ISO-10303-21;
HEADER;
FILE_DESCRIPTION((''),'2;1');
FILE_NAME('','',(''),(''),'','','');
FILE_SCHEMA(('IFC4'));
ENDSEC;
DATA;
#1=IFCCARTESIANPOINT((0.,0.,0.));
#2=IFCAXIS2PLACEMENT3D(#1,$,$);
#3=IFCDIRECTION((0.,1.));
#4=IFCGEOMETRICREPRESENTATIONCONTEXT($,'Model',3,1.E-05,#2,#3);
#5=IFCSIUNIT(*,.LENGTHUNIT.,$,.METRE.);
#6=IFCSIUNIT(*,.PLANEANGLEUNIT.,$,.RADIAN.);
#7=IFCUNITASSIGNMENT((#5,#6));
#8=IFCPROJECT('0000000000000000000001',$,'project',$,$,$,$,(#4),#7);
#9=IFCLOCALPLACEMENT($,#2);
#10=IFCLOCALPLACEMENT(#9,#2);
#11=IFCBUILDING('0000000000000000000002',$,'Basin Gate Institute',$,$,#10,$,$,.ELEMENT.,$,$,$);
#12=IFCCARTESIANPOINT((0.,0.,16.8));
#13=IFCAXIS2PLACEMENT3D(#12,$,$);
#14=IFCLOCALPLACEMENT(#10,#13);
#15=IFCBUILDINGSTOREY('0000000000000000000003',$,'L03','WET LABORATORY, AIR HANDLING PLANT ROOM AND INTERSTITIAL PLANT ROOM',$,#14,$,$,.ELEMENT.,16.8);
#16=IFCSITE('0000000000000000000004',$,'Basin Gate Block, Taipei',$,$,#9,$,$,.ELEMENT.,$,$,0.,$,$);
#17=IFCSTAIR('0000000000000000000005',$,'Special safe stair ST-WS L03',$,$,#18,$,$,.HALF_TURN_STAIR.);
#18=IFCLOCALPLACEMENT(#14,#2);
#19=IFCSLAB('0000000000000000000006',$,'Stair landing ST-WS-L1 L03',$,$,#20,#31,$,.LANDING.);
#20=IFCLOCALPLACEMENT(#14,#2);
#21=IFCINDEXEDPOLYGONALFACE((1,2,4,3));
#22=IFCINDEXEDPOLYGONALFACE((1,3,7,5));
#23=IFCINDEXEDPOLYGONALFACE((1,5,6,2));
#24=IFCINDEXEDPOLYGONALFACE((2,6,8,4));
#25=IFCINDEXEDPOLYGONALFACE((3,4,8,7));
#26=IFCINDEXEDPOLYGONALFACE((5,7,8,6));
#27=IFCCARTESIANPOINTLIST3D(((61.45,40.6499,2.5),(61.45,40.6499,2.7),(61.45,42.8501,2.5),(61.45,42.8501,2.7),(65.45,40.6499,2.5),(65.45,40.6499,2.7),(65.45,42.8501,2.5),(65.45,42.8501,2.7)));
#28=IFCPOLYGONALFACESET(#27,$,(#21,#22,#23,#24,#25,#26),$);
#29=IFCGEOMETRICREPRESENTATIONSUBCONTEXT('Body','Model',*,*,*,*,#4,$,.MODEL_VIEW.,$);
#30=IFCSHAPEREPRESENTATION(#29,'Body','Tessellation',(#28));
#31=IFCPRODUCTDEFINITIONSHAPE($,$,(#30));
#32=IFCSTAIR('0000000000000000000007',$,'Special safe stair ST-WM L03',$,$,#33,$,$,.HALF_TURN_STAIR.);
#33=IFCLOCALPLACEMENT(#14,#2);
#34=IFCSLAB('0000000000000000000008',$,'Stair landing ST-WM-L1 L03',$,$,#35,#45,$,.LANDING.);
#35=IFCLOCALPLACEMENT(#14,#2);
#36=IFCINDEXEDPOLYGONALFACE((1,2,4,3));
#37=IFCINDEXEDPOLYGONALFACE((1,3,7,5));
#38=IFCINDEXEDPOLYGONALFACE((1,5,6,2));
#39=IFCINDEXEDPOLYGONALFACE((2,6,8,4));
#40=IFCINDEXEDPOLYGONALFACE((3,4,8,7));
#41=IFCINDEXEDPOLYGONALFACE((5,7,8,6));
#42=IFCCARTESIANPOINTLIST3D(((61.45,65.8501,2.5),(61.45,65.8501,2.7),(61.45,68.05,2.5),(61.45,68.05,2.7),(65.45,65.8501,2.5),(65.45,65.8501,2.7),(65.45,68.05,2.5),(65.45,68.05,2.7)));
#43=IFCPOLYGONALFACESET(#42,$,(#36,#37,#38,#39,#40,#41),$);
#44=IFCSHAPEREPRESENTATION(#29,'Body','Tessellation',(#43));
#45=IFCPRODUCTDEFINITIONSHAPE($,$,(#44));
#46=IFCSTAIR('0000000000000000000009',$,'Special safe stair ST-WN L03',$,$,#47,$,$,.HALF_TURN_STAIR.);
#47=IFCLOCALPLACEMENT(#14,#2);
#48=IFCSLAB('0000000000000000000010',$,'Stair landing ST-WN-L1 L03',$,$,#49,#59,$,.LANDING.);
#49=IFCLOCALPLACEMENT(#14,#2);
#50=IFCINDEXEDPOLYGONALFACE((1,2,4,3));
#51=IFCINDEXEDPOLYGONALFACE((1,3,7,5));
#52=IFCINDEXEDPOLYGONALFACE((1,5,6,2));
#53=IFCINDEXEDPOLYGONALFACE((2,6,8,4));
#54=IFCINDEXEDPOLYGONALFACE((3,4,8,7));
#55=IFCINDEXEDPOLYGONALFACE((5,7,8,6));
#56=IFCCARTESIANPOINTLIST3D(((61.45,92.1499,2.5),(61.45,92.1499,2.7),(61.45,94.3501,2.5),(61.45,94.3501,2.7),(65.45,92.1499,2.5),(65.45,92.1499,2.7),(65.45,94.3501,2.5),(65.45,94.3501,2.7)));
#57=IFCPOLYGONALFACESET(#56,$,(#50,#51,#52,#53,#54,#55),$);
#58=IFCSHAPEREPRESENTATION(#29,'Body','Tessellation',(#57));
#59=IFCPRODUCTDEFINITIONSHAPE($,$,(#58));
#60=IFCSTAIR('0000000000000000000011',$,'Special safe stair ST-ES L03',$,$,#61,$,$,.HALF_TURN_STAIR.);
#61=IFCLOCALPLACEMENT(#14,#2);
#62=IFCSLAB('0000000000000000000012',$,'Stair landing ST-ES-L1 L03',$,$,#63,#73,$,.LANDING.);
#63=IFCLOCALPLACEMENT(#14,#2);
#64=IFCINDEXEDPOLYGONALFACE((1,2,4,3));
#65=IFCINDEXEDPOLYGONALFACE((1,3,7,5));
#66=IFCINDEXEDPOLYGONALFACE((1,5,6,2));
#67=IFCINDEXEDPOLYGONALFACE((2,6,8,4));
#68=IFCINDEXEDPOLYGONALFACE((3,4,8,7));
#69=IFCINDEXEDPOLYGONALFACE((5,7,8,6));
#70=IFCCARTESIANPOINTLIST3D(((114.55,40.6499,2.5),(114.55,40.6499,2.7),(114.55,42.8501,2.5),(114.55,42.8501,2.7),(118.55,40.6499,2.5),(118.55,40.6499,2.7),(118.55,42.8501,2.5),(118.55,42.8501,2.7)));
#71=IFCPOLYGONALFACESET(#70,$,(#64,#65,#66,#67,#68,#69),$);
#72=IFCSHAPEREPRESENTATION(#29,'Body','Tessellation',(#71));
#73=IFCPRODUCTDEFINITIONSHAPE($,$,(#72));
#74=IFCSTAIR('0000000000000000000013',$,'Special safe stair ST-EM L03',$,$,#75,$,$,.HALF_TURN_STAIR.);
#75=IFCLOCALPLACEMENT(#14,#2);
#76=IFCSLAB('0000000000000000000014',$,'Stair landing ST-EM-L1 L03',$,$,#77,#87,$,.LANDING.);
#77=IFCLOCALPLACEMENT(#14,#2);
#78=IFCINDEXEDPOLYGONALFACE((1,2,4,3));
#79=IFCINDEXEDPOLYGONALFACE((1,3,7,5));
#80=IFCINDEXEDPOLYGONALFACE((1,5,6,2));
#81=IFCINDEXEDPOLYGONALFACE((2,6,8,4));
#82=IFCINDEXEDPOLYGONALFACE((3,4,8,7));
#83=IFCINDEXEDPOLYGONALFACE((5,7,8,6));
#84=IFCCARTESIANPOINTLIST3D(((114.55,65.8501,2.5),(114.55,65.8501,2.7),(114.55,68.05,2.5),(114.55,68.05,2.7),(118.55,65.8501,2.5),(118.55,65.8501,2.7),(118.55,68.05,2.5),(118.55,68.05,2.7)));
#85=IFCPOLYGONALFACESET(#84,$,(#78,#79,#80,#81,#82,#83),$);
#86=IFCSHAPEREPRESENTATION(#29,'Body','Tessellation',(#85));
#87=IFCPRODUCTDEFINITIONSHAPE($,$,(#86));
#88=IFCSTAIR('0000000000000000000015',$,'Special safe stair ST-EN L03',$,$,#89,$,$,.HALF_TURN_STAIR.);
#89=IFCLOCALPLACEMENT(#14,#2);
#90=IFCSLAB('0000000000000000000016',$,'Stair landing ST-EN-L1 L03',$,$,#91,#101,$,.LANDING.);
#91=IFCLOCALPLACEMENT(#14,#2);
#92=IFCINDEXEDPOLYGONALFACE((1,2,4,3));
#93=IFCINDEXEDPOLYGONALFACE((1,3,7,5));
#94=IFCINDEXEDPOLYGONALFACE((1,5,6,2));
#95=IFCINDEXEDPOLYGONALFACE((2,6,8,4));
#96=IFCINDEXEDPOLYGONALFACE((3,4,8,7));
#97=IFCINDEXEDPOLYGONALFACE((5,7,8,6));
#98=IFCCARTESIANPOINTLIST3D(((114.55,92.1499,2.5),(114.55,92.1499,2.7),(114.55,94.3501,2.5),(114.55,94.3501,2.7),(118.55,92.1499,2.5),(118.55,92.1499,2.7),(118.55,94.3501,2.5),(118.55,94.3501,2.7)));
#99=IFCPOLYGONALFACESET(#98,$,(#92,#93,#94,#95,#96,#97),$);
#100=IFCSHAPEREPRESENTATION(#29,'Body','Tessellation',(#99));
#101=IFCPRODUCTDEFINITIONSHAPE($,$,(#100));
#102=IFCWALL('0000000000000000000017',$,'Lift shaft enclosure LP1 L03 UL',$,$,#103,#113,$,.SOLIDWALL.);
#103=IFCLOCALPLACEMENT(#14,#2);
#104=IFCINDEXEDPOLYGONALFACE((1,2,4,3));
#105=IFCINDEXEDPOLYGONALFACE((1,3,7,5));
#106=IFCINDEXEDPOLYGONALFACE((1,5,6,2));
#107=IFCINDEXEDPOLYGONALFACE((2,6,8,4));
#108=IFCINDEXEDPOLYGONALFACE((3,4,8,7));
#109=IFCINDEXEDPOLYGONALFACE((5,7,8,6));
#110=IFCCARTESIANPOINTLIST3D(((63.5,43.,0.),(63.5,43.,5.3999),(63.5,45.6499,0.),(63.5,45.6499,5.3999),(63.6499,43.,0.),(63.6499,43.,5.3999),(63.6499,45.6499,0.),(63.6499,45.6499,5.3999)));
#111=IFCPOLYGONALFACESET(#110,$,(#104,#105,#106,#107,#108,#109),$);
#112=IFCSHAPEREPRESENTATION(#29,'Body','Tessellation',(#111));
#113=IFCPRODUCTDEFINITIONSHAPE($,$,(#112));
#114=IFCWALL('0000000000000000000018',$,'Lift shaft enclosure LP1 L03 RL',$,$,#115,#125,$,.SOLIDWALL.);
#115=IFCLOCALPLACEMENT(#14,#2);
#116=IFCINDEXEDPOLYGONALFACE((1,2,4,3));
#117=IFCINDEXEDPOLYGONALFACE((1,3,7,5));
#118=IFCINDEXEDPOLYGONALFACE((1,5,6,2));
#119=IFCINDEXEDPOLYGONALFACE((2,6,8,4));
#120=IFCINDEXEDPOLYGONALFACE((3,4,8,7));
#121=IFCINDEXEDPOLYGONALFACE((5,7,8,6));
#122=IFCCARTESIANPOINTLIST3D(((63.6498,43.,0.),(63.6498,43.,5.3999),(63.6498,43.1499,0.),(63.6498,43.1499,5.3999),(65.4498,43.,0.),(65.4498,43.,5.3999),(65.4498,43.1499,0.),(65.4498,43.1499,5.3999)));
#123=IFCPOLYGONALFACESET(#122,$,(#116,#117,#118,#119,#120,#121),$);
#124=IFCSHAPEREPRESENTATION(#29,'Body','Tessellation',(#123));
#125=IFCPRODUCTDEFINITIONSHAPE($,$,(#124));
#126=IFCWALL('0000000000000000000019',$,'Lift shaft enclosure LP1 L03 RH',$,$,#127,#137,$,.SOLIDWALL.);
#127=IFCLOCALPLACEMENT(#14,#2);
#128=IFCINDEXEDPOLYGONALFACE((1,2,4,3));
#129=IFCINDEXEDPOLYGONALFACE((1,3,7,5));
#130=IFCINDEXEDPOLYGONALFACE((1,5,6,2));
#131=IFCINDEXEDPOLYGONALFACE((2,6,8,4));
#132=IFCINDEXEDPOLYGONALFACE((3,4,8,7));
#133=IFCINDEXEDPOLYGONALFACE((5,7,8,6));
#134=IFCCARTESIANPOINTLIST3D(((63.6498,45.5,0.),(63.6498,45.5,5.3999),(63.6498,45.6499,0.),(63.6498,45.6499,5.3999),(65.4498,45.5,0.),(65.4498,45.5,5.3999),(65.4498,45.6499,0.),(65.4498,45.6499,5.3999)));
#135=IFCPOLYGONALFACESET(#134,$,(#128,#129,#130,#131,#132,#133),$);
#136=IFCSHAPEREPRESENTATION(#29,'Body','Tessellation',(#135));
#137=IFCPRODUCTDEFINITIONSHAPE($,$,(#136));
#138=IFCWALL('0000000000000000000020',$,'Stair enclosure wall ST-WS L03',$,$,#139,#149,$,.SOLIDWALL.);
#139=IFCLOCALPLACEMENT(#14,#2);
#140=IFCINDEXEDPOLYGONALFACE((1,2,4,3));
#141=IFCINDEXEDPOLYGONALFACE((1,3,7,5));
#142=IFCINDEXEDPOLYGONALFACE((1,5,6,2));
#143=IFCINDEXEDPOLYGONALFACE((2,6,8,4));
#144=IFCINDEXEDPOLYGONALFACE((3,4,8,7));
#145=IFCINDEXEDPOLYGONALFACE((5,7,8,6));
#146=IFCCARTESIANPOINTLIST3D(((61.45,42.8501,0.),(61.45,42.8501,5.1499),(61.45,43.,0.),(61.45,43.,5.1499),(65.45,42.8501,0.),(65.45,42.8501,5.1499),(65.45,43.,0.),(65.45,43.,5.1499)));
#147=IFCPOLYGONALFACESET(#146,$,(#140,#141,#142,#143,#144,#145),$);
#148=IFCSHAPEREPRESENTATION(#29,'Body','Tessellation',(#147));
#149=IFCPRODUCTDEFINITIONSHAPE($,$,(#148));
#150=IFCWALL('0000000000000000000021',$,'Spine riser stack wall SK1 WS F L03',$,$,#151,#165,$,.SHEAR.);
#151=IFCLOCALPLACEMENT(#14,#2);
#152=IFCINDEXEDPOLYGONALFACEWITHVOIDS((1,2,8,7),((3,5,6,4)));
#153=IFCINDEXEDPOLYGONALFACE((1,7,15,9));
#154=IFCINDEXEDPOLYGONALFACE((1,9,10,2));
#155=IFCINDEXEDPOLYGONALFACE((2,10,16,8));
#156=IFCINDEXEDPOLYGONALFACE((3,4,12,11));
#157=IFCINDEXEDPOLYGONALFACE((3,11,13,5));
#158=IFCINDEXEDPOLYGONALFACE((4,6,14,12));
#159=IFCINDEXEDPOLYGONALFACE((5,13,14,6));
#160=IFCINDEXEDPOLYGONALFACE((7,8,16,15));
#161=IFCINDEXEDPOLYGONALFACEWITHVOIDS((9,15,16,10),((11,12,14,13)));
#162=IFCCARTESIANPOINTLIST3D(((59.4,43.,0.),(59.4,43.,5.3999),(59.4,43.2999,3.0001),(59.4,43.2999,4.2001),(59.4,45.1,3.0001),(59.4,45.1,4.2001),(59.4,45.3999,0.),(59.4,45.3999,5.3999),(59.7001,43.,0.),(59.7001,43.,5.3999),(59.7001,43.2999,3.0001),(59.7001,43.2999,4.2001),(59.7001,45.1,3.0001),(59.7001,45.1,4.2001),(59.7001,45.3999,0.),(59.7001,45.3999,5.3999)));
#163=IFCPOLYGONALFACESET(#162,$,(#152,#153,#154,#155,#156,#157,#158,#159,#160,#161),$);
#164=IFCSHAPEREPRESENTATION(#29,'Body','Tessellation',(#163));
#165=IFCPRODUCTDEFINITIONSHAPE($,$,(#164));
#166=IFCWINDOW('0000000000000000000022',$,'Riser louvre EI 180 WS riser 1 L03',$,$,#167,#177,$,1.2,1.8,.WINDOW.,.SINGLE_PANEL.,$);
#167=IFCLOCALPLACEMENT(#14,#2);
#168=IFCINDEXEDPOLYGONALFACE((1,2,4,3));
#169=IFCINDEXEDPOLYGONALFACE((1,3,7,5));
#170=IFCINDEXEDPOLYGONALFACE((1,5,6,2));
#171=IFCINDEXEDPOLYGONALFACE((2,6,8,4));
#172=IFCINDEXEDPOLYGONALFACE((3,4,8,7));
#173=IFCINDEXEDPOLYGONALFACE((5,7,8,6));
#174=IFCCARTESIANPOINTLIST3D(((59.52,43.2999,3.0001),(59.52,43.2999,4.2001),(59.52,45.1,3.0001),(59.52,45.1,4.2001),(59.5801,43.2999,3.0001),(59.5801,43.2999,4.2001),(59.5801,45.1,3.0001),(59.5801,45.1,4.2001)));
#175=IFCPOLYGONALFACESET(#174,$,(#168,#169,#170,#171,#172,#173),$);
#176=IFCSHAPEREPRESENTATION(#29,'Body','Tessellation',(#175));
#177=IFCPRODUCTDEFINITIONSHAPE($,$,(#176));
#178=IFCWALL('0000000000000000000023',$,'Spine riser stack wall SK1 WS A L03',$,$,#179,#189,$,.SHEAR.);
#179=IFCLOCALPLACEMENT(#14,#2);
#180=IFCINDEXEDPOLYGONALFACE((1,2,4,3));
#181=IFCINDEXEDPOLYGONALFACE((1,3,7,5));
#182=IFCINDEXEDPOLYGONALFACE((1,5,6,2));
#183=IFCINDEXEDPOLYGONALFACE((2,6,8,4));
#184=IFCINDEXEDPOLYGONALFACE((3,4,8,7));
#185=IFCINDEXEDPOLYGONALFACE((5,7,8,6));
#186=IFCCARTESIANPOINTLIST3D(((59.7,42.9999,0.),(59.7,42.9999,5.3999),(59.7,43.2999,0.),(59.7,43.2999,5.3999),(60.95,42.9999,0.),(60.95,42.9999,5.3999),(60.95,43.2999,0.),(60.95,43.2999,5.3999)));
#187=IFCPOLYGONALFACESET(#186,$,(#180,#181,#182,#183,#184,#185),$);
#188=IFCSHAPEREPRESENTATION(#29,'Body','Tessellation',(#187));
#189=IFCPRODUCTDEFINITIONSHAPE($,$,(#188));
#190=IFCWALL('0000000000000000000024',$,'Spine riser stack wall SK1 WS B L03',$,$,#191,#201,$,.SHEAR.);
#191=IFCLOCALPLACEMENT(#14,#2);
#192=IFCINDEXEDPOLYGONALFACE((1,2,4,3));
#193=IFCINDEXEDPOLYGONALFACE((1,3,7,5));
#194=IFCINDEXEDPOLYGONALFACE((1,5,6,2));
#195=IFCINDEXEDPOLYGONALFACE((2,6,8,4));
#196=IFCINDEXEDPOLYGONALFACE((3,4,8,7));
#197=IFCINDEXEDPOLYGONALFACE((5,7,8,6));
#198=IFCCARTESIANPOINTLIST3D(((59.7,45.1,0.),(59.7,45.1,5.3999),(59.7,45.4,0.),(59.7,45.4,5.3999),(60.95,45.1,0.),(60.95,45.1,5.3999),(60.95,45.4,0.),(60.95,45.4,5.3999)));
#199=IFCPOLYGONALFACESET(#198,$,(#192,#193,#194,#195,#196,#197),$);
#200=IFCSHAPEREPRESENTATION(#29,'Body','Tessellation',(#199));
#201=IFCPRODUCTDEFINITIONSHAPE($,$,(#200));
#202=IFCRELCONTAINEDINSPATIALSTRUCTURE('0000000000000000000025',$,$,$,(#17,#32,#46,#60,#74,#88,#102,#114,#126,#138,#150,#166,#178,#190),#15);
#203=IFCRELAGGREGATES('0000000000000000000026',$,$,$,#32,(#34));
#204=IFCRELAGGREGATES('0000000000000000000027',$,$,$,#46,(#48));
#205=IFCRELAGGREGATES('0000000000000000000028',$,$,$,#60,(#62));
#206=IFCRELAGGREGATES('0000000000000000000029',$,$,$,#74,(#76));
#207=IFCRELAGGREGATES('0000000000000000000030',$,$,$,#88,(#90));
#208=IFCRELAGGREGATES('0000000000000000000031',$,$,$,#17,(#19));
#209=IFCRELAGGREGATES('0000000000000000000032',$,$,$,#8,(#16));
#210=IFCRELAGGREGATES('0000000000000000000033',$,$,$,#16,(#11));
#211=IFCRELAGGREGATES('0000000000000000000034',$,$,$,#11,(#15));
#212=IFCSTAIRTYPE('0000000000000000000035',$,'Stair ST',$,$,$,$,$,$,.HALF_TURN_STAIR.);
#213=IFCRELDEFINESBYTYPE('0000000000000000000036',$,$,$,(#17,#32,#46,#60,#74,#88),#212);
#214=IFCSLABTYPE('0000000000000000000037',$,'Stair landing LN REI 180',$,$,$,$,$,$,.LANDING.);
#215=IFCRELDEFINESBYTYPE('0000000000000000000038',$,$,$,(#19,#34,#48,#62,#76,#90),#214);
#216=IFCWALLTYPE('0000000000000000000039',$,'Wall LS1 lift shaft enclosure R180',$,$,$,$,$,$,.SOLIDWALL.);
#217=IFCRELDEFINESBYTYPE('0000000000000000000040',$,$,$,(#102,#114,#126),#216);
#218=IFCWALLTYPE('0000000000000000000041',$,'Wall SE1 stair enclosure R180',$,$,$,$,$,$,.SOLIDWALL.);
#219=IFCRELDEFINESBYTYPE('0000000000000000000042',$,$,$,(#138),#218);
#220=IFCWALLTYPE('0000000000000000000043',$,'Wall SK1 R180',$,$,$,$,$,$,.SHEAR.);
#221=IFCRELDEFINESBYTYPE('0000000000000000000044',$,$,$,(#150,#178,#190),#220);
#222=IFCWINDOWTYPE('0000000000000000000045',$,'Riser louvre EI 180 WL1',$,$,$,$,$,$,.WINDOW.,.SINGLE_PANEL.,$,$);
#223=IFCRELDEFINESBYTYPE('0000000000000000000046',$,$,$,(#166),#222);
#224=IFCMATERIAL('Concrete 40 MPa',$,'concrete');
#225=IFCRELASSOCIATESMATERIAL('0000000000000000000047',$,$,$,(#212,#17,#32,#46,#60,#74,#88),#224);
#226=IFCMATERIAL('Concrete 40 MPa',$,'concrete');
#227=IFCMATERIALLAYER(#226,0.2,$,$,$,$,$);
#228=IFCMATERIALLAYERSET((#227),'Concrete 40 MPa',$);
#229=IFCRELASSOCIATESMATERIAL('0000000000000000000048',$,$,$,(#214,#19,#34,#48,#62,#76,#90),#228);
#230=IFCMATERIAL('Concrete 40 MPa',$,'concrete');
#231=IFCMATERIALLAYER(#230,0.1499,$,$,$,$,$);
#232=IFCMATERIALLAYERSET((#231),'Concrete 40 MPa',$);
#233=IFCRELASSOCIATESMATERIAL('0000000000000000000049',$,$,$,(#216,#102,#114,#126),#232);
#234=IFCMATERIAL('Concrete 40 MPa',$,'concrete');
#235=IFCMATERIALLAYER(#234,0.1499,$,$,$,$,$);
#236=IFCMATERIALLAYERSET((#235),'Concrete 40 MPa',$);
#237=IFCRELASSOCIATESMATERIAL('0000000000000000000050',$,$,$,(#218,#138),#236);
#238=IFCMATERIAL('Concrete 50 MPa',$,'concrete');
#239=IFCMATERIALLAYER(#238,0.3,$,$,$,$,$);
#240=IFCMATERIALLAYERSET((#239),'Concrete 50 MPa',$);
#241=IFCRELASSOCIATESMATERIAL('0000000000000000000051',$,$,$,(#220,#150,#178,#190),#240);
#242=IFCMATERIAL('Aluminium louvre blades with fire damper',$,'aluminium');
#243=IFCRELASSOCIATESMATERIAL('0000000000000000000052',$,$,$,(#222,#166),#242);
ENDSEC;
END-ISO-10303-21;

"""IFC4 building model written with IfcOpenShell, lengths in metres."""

from ifc_helpers import new_model, si_unit, direction, frame, frame_2d, origin, place, context, subcontext, project, spatial, polyline, rectangle, outline, extrude, material, layer, layer_set, type_object, element, fill, aggregate, save


model = new_model("IFC4")

# Units and contexts
model_context = context("Model", 3, precision=1e-05, world=origin(), true_north=direction((0.0, 1.0)))
body_context = subcontext(model_context, "Body", "Model", "MODEL_VIEW")
ifc_project = project(units=[si_unit("LENGTHUNIT", "METRE"), si_unit("PLANEANGLEUNIT", "RADIAN")], contexts=[model_context])

# Site, building, storey
site_placement = place(None, origin())
site = spatial("IfcSite", under=ifc_project, at=site_placement, Name="Basin Gate Block, Taipei", CompositionType="ELEMENT", RefElevation=0.0)
building_placement = place(site_placement, origin())
building = spatial("IfcBuilding", under=site, at=building_placement, Name="Basin Gate Institute", CompositionType="ELEMENT")
storey_placement = place(building_placement, frame((0.0, 0.0, 16.8)))
storey = spatial("IfcBuildingStorey", under=building, at=storey_placement, Name="L03", Description="WET LABORATORY, AIR HANDLING PLANT ROOM AND INTERSTITIAL PLANT ROOM", CompositionType="ELEMENT", Elevation=16.8)

# Stairs, slabs
ifc_material_1 = material(Name="Concrete 40 MPa", Category="concrete")
stair_type_1 = type_object("IfcStairType", Name="Stair ST", PredefinedType="HALF_TURN_STAIR", material=ifc_material_1)
stair_1_placement = place(storey_placement, origin())
stair_1 = element("IfcStair", 1, at=stair_1_placement, inside=storey, type_object=stair_type_1, material=ifc_material_1, Name="Special safe stair ST-WS L03", PredefinedType="HALF_TURN_STAIR")
ifc_material_2 = material(Name="Concrete 40 MPa", Category="concrete")
ifc_layer_1 = layer(ifc_material_2, 0.2)
ifc_layer_set_1 = layer_set([ifc_layer_1], Name="Concrete 40 MPa")
slab_type_1 = type_object("IfcSlabType", Name="Stair landing LN REI 180", PredefinedType="LANDING", material=ifc_layer_set_1)
slab_1_placement = place(storey_placement, frame((0.0, 0.0, 2.5)))
slab_1 = element("IfcSlab", 2, at=slab_1_placement, type_object=slab_type_1, material=ifc_layer_set_1, Name="Stair landing ST-WS-L1 L03", PredefinedType="LANDING", context=body_context, shape_type="SweptSolid", body=[
    extrude(outline(polyline([(61.45, 40.6499), (65.45, 40.6499), (65.45, 42.8501), (61.45, 42.8501), (61.45, 40.6499)])), origin(), (0.0, 0.0, 1.0), 0.2),
])
stair_2_placement = place(storey_placement, origin())
stair_2 = element("IfcStair", 3, at=stair_2_placement, inside=storey, type_object=stair_type_1, material=ifc_material_1, Name="Special safe stair ST-WM L03", PredefinedType="HALF_TURN_STAIR")
slab_2_placement = place(storey_placement, frame((0.0, 0.0, 2.5)))
slab_2 = element("IfcSlab", 4, at=slab_2_placement, type_object=slab_type_1, material=ifc_layer_set_1, Name="Stair landing ST-WM-L1 L03", PredefinedType="LANDING", context=body_context, shape_type="SweptSolid", body=[
    extrude(outline(polyline([(61.45, 65.8501), (65.45, 65.8501), (65.45, 68.05), (61.45, 68.05), (61.45, 65.8501)])), origin(), (0.0, 0.0, 1.0), 0.2),
])
aggregate(stair_2, [slab_2])
stair_3_placement = place(storey_placement, origin())
stair_3 = element("IfcStair", 5, at=stair_3_placement, inside=storey, type_object=stair_type_1, material=ifc_material_1, Name="Special safe stair ST-WN L03", PredefinedType="HALF_TURN_STAIR")
slab_3_placement = place(storey_placement, frame((0.0, 0.0, 2.5)))
slab_3 = element("IfcSlab", 6, at=slab_3_placement, type_object=slab_type_1, material=ifc_layer_set_1, Name="Stair landing ST-WN-L1 L03", PredefinedType="LANDING", context=body_context, shape_type="SweptSolid", body=[
    extrude(outline(polyline([(61.45, 92.1499), (65.45, 92.1499), (65.45, 94.3501), (61.45, 94.3501), (61.45, 92.1499)])), origin(), (0.0, 0.0, 1.0), 0.2),
])
aggregate(stair_3, [slab_3])
stair_4_placement = place(storey_placement, origin())
stair_4 = element("IfcStair", 7, at=stair_4_placement, inside=storey, type_object=stair_type_1, material=ifc_material_1, Name="Special safe stair ST-ES L03", PredefinedType="HALF_TURN_STAIR")
slab_4_placement = place(storey_placement, frame((0.0, 0.0, 2.5)))
slab_4 = element("IfcSlab", 8, at=slab_4_placement, type_object=slab_type_1, material=ifc_layer_set_1, Name="Stair landing ST-ES-L1 L03", PredefinedType="LANDING", context=body_context, shape_type="SweptSolid", body=[
    extrude(outline(polyline([(118.55, 42.8501), (114.55, 42.8501), (114.55, 40.6499), (118.55, 40.6499), (118.55, 42.8501)])), origin(), (0.0, 0.0, 1.0), 0.2),
])
aggregate(stair_4, [slab_4])
stair_5_placement = place(storey_placement, origin())
stair_5 = element("IfcStair", 9, at=stair_5_placement, inside=storey, type_object=stair_type_1, material=ifc_material_1, Name="Special safe stair ST-EM L03", PredefinedType="HALF_TURN_STAIR")
slab_5_placement = place(storey_placement, frame((0.0, 0.0, 2.5)))
slab_5 = element("IfcSlab", 10, at=slab_5_placement, type_object=slab_type_1, material=ifc_layer_set_1, Name="Stair landing ST-EM-L1 L03", PredefinedType="LANDING", context=body_context, shape_type="SweptSolid", body=[
    extrude(outline(polyline([(118.55, 68.05), (114.55, 68.05), (114.55, 65.8501), (118.55, 65.8501), (118.55, 68.05)])), origin(), (0.0, 0.0, 1.0), 0.2),
])
aggregate(stair_5, [slab_5])
stair_6_placement = place(storey_placement, origin())
stair_6 = element("IfcStair", 11, at=stair_6_placement, inside=storey, type_object=stair_type_1, material=ifc_material_1, Name="Special safe stair ST-EN L03", PredefinedType="HALF_TURN_STAIR")
slab_6_placement = place(storey_placement, frame((0.0, 0.0, 2.5)))
slab_6 = element("IfcSlab", 12, at=slab_6_placement, type_object=slab_type_1, material=ifc_layer_set_1, Name="Stair landing ST-EN-L1 L03", PredefinedType="LANDING", context=body_context, shape_type="SweptSolid", body=[
    extrude(outline(polyline([(118.55, 94.3501), (114.55, 94.3501), (114.55, 92.1499), (118.55, 92.1499), (118.55, 94.3501)])), origin(), (0.0, 0.0, 1.0), 0.2),
])
aggregate(stair_6, [slab_6])

# Walls
ifc_material_3 = material(Name="Concrete 40 MPa", Category="concrete")
ifc_layer_2 = layer(ifc_material_3, 0.1499)
ifc_layer_set_2 = layer_set([ifc_layer_2], Name="Concrete 40 MPa")
wall_type_1 = type_object("IfcWallType", Name="Wall LS1 lift shaft enclosure R180", PredefinedType="SOLIDWALL", material=ifc_layer_set_2)
wall_1_placement = place(storey_placement, frame((63.575, 43.0, 0.0), z_axis=(0.0, 0.0, 1.0), x_axis=(0.0, 1.0, 0.0)))
element("IfcWall", 13, at=wall_1_placement, inside=storey, type_object=wall_type_1, material=ifc_layer_set_2, Name="Lift shaft enclosure LP1 L03 UL", PredefinedType="SOLIDWALL", context=body_context, shape_type="SweptSolid", body=[
    extrude(rectangle(XDim=2.6499, YDim=0.1499, at=frame_2d((1.325, 0.0))), origin(), (0.0, 0.0, 1.0), 5.3999),
])
for number, where, z_axis, x_axis, name in (
    (14, (63.6499, 43.075, 0.0), (0.0, 0.0, 1.0), (1.0, 0.0, 0.0), "Lift shaft enclosure LP1 L03 RL"),
    (15, (63.6499, 45.575, 0.0), (0.0, 0.0, 1.0), (1.0, 0.0, 0.0), "Lift shaft enclosure LP1 L03 RH"),
):
    element("IfcWall", number, at=place(storey_placement, frame(where, z_axis=z_axis, x_axis=x_axis)), inside=storey, type_object=wall_type_1, material=ifc_layer_set_2, Name=name, PredefinedType="SOLIDWALL", context=body_context, shape_type="SweptSolid", body=[
        extrude(rectangle(XDim=1.8, YDim=0.1499, at=frame_2d((0.8999, 0.0))), origin(), (0.0, 0.0, 1.0), 5.3999),
    ])
ifc_material_4 = material(Name="Concrete 40 MPa", Category="concrete")
ifc_layer_3 = layer(ifc_material_4, 0.1499)
ifc_layer_set_3 = layer_set([ifc_layer_3], Name="Concrete 40 MPa")
wall_type_2 = type_object("IfcWallType", Name="Wall SE1 stair enclosure R180", PredefinedType="SOLIDWALL", material=ifc_layer_set_3)
wall_2_placement = place(storey_placement, frame((61.45, 42.925, 0.0), z_axis=(0.0, 0.0, 1.0), x_axis=(1.0, 0.0, 0.0)))
element("IfcWall", 16, at=wall_2_placement, inside=storey, type_object=wall_type_2, material=ifc_layer_set_3, Name="Stair enclosure wall ST-WS L03", PredefinedType="SOLIDWALL", context=body_context, shape_type="SweptSolid", body=[
    extrude(rectangle(XDim=4.0, YDim=0.1499, at=frame_2d((2.0, 0.0))), origin(), (0.0, 0.0, 1.0), 5.1499),
])

# Wall, opening, window
ifc_material_5 = material(Name="Concrete 50 MPa", Category="concrete")
ifc_layer_4 = layer(ifc_material_5, 0.3)
ifc_layer_set_4 = layer_set([ifc_layer_4], Name="Concrete 50 MPa")
wall_type_3 = type_object("IfcWallType", Name="Wall SK1 R180", PredefinedType="SHEAR", material=ifc_layer_set_4)
wall_3_placement = place(storey_placement, frame((59.55, 43.0, 0.0), z_axis=(0.0, 0.0, 1.0), x_axis=(0.0, 1.0, 0.0)))
wall_3 = element("IfcWall", 17, at=wall_3_placement, inside=storey, type_object=wall_type_3, material=ifc_layer_set_4, Name="Spine riser stack wall SK1 WS F L03", PredefinedType="SHEAR", context=body_context, shape_type="SweptSolid", body=[
    extrude(rectangle(XDim=2.3999, YDim=0.3, at=frame_2d((1.2, 0.0))), origin(), (0.0, 0.0, 1.0), 5.3999),
])
opening_1_placement = place(wall_3_placement, frame((0.3, 0.0, 3.0)))
opening_1 = element("IfcOpeningElement", 18, at=opening_1_placement, cuts=wall_3, PredefinedType="OPENING", context=body_context, shape_type="SweptSolid", body=[
    extrude(rectangle(XDim=1.8, YDim=1.2, at=frame_2d((0.8999, 0.6001))), frame((0.0, 0.1602, 0.0), z_axis=(0.0, -1.0, 0.0), x_axis=(1.0, 0.0, 0.0)), (0.0, 0.0, 1.0), 0.3201),
])
ifc_material_6 = material(Name="Aluminium louvre blades with fire damper", Category="aluminium")
window_type_1 = type_object("IfcWindowType", Name="Riser louvre EI 180 WL1", PartitioningType="SINGLE_PANEL", PredefinedType="WINDOW", material=ifc_material_6)
window_1_placement = place(opening_1_placement, origin())
window_1 = element("IfcWindow", 19, at=window_1_placement, inside=storey, type_object=window_type_1, material=ifc_material_6, Name="Riser louvre EI 180 WS riser 1 L03", OverallHeight=1.2, OverallWidth=1.8, PartitioningType="SINGLE_PANEL", PredefinedType="WINDOW", context=body_context, shape_type="SweptSolid", body=[
    extrude(rectangle(XDim=1.8, YDim=1.2, at=frame_2d((0.8999, 0.6001))), frame((0.0, 0.03, 0.0), z_axis=(0.0, -1.0, 0.0), x_axis=(1.0, 0.0, 0.0)), (0.0, 0.0, 1.0), 0.0601),
])
fill(opening_1, window_1)

# Walls
for number, where, z_axis, x_axis, name in (
    (20, (60.95, 43.1499, 0.0), (0.0, 0.0, 1.0), (-1.0, 0.0, 0.0), "Spine riser stack wall SK1 WS A L03"),
    (21, (60.95, 45.25, 0.0), (0.0, 0.0, 1.0), (-1.0, 0.0, 0.0), "Spine riser stack wall SK1 WS B L03"),
):
    element("IfcWall", number, at=place(storey_placement, frame(where, z_axis=z_axis, x_axis=x_axis)), inside=storey, type_object=wall_type_3, material=ifc_layer_set_4, Name=name, PredefinedType="SHEAR", context=body_context, shape_type="SweptSolid", body=[
        extrude(rectangle(XDim=1.25, YDim=0.3, at=frame_2d((0.625, 0.0))), origin(), (0.0, 0.0, 1.0), 5.3999),
    ])

aggregate(stair_1, [slab_1])

save(model, "model.ifc")
